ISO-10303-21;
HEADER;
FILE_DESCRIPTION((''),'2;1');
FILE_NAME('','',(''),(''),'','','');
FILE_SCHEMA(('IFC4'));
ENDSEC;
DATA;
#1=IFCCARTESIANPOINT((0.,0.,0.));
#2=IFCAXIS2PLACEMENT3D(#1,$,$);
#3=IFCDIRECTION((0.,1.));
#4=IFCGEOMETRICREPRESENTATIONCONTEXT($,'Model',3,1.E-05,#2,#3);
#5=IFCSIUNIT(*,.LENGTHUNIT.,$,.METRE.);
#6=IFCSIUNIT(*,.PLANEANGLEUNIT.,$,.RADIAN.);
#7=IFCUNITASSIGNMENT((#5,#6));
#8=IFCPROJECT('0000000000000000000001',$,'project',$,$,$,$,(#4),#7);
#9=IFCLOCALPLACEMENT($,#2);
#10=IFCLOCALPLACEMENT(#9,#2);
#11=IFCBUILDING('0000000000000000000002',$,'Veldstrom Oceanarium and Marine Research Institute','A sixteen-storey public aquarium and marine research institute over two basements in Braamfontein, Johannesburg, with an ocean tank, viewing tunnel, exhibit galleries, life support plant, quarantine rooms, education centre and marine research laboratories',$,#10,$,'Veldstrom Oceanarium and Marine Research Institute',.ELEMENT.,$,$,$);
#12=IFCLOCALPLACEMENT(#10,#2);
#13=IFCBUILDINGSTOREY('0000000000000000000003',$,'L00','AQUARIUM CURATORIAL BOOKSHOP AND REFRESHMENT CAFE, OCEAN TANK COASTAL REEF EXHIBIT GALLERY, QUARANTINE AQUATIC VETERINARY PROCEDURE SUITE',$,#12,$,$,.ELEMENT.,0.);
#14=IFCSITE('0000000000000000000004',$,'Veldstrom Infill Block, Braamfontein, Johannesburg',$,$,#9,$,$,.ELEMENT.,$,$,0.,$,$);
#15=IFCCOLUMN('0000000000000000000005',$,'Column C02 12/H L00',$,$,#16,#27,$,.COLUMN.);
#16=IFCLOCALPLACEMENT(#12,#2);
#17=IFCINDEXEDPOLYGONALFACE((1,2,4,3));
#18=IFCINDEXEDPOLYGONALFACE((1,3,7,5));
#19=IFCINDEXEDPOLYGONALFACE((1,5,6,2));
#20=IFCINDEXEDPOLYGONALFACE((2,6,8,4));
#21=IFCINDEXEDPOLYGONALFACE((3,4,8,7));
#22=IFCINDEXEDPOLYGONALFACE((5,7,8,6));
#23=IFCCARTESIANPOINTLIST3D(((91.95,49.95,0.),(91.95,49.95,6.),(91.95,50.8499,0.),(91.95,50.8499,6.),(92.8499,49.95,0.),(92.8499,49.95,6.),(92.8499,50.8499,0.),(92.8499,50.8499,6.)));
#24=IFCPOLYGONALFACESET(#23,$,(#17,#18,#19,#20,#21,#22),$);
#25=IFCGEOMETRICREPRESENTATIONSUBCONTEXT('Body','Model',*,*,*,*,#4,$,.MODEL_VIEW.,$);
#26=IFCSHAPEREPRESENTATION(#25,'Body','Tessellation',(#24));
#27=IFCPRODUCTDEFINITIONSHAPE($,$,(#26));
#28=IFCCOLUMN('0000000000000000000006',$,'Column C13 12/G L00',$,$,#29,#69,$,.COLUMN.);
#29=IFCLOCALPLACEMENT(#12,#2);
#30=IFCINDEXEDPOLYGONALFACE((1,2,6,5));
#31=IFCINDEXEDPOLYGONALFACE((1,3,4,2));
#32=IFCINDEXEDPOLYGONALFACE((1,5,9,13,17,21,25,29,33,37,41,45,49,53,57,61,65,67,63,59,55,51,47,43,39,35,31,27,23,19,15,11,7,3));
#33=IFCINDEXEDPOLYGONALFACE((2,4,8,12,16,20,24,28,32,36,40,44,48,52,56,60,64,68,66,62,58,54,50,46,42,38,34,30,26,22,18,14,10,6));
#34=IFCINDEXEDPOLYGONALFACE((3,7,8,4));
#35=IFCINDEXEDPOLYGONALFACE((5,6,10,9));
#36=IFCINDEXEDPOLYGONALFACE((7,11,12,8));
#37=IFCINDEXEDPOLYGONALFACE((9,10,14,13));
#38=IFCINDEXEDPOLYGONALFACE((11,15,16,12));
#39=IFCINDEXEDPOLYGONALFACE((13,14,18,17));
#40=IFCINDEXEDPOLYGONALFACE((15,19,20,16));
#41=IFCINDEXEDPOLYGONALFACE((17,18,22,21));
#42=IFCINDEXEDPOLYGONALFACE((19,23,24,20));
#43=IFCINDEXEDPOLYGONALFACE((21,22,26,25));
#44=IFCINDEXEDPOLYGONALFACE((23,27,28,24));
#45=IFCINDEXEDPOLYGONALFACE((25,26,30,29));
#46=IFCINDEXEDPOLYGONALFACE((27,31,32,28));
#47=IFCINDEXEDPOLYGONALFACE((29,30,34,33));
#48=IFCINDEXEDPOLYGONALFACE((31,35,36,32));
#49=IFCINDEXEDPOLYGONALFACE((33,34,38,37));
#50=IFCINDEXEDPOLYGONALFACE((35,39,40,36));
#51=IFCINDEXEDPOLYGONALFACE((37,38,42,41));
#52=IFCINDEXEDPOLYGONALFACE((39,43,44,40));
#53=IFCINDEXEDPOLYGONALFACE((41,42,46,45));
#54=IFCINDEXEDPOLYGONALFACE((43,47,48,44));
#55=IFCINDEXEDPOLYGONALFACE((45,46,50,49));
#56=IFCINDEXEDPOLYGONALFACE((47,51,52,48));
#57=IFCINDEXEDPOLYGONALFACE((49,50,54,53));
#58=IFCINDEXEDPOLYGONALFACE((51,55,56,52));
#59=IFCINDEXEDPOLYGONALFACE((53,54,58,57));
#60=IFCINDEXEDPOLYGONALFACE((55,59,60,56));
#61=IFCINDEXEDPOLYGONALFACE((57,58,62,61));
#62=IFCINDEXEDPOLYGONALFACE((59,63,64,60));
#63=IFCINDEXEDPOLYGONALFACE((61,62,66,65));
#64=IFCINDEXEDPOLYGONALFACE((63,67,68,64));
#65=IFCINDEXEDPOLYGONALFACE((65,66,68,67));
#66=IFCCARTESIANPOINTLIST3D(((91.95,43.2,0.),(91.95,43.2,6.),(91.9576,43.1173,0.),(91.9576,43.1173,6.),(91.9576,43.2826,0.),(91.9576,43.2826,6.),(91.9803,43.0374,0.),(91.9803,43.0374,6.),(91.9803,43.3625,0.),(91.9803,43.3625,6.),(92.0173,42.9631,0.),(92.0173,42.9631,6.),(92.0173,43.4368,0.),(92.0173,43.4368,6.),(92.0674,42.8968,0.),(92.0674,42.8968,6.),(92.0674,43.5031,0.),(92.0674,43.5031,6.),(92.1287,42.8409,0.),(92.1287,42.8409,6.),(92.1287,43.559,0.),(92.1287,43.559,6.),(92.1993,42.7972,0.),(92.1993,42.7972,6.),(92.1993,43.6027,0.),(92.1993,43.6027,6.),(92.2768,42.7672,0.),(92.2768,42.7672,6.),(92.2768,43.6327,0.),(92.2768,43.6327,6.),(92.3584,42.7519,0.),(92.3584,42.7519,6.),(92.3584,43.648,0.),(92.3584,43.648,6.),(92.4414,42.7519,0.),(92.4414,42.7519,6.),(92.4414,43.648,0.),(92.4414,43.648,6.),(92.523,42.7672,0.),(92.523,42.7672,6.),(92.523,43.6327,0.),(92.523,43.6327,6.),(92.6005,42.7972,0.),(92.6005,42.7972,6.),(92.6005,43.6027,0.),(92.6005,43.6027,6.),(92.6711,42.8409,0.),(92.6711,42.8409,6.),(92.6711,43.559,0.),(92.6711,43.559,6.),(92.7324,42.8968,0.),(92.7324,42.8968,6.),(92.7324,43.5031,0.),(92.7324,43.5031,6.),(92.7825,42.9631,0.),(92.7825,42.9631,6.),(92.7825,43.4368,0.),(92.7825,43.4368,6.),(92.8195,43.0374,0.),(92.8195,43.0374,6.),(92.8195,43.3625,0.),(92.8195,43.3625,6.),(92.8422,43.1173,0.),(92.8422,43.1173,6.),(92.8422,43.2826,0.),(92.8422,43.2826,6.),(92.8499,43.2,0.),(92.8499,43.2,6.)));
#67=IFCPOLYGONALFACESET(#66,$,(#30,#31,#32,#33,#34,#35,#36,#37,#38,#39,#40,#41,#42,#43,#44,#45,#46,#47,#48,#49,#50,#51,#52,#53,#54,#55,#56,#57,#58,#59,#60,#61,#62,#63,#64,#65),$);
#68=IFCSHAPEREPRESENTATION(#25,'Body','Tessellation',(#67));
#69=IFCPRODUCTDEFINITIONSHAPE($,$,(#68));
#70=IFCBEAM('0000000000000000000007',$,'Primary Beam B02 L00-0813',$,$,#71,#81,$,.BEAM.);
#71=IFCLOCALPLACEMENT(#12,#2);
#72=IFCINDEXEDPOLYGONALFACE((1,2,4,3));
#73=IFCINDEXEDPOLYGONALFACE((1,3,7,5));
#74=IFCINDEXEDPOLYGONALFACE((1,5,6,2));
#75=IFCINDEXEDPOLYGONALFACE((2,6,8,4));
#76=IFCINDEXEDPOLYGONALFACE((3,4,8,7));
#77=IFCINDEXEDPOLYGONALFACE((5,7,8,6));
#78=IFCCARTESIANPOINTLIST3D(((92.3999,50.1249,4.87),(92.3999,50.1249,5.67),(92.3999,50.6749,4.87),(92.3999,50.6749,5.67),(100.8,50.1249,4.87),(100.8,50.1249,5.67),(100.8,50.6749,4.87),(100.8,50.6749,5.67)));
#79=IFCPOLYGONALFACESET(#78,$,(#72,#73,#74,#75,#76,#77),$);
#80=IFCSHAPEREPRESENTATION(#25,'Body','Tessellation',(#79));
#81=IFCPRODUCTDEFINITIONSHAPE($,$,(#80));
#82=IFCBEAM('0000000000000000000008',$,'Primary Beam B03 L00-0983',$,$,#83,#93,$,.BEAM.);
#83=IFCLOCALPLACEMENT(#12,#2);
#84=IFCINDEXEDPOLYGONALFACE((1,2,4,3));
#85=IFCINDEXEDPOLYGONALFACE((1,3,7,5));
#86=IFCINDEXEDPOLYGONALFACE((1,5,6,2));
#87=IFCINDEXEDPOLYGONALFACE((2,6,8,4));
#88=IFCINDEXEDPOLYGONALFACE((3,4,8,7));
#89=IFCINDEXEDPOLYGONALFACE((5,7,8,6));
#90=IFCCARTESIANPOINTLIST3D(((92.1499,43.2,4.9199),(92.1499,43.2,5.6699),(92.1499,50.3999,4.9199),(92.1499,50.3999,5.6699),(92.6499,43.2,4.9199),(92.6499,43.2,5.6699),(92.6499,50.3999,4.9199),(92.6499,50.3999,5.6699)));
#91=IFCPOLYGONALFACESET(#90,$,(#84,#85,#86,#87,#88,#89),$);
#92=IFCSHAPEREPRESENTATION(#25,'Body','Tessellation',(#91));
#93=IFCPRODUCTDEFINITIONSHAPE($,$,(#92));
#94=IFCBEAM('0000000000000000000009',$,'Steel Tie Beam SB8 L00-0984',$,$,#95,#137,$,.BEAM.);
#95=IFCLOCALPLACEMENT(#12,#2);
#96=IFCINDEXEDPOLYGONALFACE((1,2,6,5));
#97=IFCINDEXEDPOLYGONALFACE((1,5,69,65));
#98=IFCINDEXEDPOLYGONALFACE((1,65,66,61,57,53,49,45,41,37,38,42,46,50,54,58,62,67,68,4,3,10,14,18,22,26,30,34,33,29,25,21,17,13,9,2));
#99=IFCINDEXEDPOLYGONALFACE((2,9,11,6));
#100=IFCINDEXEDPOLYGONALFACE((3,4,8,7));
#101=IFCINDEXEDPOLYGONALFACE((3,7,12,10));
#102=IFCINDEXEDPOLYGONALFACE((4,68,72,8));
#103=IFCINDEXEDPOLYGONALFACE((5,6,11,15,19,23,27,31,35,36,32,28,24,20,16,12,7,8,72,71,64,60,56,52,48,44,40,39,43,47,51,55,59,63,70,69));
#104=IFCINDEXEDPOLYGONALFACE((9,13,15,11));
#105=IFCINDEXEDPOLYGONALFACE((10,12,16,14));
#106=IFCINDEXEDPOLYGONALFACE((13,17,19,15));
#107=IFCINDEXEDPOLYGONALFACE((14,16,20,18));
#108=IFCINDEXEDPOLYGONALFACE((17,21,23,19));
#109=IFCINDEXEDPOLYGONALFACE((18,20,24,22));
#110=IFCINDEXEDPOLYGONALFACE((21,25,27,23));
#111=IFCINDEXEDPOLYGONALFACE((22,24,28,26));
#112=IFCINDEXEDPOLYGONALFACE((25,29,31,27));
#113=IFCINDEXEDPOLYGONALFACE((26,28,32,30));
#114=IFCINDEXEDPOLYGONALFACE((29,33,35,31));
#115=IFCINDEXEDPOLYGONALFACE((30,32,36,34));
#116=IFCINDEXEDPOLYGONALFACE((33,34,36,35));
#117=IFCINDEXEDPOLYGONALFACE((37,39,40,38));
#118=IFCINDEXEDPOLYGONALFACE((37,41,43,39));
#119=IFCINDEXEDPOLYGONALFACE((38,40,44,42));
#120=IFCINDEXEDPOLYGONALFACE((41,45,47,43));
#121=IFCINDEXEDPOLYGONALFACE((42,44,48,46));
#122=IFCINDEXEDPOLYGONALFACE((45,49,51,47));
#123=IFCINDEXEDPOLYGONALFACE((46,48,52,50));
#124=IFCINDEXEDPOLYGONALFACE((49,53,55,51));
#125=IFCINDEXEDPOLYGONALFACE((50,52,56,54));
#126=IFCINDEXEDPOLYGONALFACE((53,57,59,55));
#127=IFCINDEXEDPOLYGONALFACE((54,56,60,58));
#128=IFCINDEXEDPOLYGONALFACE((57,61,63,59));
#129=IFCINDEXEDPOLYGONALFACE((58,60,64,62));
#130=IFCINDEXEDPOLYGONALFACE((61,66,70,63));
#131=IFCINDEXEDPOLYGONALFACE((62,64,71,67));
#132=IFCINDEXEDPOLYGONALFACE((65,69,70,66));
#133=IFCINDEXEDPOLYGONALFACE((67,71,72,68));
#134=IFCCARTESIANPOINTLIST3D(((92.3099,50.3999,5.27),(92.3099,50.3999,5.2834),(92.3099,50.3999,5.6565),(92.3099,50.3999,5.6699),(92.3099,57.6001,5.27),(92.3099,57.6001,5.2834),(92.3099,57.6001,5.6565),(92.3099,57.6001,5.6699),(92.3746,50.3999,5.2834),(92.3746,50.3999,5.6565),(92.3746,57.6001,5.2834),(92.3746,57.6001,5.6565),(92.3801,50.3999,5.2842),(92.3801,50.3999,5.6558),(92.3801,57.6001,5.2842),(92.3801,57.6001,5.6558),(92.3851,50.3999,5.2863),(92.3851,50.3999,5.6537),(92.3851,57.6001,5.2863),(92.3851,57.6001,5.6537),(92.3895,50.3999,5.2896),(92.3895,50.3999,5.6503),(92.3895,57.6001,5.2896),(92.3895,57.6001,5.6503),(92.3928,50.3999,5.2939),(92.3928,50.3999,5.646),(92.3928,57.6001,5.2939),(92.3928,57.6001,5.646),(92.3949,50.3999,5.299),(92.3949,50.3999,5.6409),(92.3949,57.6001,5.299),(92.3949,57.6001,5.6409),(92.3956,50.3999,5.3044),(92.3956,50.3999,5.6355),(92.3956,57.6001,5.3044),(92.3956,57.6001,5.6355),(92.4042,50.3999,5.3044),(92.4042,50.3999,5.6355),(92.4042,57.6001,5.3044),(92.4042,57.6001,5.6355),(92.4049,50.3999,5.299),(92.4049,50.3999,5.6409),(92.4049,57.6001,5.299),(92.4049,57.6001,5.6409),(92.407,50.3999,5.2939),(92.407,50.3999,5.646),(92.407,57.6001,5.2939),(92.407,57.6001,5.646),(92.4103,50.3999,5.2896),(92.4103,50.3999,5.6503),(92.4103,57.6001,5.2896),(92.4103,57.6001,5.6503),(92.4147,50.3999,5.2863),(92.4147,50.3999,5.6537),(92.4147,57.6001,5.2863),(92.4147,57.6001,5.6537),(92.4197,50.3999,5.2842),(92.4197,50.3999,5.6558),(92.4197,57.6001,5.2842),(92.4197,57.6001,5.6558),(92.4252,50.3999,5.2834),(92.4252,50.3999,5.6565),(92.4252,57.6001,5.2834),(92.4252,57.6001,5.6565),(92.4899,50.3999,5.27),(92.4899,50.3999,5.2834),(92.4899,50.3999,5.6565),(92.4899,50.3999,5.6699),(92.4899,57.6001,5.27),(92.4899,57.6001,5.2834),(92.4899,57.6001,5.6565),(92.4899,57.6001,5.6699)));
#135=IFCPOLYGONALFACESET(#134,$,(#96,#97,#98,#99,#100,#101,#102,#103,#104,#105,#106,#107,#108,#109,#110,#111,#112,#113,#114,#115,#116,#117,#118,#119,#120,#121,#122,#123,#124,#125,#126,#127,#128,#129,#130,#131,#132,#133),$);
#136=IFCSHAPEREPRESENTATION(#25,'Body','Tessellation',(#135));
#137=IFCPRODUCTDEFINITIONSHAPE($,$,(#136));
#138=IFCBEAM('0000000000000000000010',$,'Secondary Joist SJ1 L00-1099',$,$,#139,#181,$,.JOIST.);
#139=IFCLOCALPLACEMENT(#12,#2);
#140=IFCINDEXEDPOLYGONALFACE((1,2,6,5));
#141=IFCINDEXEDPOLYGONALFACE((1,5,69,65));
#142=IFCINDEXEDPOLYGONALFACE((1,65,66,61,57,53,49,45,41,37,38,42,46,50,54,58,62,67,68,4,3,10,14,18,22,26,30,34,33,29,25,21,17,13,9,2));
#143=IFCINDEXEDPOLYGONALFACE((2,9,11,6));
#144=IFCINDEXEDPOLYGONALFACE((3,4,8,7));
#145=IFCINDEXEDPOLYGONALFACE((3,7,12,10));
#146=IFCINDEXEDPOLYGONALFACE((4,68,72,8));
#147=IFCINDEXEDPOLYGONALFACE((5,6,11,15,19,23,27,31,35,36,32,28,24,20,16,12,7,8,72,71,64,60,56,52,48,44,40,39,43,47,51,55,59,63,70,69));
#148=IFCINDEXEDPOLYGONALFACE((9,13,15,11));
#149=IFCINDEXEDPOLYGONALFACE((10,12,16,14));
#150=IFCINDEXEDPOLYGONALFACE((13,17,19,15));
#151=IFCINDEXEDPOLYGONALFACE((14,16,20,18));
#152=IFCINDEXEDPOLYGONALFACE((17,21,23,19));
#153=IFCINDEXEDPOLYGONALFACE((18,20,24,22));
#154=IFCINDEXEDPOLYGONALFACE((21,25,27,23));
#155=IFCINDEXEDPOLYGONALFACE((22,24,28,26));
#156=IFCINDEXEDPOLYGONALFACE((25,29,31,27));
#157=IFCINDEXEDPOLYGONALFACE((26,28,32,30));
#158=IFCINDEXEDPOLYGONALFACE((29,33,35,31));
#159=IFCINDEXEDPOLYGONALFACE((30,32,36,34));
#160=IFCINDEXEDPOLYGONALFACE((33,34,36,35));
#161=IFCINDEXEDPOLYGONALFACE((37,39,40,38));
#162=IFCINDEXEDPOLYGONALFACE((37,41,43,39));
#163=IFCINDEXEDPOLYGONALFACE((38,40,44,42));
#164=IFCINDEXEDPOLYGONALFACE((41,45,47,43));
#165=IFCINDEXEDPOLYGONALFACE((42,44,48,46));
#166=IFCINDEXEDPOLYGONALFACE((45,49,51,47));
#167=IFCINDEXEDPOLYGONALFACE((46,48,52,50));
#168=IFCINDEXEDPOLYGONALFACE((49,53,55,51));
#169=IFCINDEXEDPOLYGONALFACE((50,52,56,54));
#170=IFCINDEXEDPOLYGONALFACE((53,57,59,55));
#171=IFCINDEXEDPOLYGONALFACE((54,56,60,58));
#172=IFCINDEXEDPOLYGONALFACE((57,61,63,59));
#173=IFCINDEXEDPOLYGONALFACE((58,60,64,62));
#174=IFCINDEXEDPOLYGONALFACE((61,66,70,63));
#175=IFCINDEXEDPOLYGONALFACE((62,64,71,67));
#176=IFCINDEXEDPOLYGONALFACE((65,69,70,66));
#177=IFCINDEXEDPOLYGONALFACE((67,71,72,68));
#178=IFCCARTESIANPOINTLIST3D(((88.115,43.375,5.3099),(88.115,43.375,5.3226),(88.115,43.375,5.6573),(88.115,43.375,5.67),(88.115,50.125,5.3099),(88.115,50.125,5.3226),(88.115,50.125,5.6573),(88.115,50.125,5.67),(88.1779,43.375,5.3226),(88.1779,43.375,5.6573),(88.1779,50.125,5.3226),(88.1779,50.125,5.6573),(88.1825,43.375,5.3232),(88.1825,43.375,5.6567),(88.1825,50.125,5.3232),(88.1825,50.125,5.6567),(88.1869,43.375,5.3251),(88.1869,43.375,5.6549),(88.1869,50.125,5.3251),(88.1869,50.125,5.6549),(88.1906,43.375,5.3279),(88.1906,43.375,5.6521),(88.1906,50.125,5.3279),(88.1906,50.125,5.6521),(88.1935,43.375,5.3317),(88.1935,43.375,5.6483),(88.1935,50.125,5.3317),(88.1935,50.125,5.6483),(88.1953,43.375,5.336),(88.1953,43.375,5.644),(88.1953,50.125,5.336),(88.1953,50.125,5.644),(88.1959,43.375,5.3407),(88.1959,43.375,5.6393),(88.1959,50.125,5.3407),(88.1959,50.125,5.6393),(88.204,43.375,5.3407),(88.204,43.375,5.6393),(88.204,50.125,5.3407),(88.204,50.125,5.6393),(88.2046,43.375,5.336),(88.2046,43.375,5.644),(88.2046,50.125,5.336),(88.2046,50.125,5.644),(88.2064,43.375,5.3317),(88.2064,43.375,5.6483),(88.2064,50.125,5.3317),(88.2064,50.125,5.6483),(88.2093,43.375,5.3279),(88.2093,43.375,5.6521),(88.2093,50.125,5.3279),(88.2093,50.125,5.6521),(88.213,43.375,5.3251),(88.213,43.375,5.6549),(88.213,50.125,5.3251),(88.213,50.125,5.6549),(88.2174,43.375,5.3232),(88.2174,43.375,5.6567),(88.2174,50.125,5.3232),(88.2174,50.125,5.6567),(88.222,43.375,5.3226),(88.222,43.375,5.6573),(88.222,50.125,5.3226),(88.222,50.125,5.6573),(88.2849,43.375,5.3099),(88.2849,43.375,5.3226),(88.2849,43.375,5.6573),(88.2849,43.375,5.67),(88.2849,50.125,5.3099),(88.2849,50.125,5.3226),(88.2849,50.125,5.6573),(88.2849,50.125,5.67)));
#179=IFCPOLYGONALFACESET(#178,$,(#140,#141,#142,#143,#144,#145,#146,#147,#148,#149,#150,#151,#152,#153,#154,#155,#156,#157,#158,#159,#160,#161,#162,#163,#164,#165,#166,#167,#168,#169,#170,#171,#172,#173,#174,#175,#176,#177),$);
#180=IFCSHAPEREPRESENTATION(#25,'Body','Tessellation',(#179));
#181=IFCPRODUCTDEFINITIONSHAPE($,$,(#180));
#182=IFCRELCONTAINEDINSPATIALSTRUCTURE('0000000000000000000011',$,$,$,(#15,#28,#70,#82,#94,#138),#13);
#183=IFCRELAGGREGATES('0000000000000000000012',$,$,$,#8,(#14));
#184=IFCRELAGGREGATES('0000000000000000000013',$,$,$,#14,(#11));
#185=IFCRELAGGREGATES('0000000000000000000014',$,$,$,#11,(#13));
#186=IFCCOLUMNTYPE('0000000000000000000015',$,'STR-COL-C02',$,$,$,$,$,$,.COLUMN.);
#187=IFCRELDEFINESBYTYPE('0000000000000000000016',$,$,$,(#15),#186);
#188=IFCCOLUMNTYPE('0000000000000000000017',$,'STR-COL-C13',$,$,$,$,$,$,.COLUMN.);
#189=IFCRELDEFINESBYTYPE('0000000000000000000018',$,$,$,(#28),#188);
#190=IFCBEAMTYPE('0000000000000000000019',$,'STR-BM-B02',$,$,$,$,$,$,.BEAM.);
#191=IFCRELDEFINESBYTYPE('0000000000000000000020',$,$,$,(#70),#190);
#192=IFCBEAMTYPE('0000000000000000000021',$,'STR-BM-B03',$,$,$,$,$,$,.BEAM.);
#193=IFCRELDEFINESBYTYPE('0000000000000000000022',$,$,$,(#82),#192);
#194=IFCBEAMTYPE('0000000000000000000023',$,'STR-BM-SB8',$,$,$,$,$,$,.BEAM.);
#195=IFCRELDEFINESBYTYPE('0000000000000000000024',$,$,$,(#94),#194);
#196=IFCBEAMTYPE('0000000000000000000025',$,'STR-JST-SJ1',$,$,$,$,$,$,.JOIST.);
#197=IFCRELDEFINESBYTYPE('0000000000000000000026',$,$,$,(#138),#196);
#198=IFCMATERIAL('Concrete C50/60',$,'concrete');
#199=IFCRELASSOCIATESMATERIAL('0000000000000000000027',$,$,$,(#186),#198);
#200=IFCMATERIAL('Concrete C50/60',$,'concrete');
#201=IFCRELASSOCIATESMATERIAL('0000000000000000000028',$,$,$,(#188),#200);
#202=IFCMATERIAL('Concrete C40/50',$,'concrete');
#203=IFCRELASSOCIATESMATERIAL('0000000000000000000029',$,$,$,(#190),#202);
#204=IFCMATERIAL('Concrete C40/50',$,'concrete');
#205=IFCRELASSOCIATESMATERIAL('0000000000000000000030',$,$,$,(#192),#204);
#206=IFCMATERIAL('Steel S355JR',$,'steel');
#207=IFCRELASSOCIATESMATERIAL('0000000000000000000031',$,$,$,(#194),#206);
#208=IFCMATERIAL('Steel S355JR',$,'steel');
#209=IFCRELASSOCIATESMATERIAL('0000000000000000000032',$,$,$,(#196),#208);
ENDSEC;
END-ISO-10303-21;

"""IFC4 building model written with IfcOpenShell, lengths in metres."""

from ifc_helpers import new_model, si_unit, direction, frame, origin, origin_2d, place, context, subcontext, project, spatial, rectangle, circle, i_section, extrude, material, material_profile, profile_set, type_object, element, save


model = new_model("IFC4")

# Units and contexts
model_context = context("Model", 3, precision=1e-05, world=origin(), true_north=direction((0.0, 1.0)))
body_context = subcontext(model_context, "Body", "Model", "MODEL_VIEW")
ifc_project = project(units=[si_unit("LENGTHUNIT", "METRE"), si_unit("PLANEANGLEUNIT", "RADIAN")], contexts=[model_context])

# Site, building, storey
site_placement = place(None, origin())
site = spatial("IfcSite", under=ifc_project, at=site_placement, Name="Veldstrom Infill Block, Braamfontein, Johannesburg", CompositionType="ELEMENT", RefElevation=0.0)
building_placement = place(site_placement, origin())
building = spatial("IfcBuilding", under=site, at=building_placement, Name="Veldstrom Oceanarium and Marine Research Institute", Description="A sixteen-storey public aquarium and marine research institute over two basements in Braamfontein, Johannesburg, with an ocean tank, viewing tunnel, exhibit galleries, life support plant, quarantine rooms, education centre and marine research laboratories", LongName="Veldstrom Oceanarium and Marine Research Institute", CompositionType="ELEMENT")
storey_placement = place(building_placement, origin())
storey = spatial("IfcBuildingStorey", under=building, at=storey_placement, Name="L00", Description="AQUARIUM CURATORIAL BOOKSHOP AND REFRESHMENT CAFE, OCEAN TANK COASTAL REEF EXHIBIT GALLERY, QUARANTINE AQUATIC VETERINARY PROCEDURE SUITE", CompositionType="ELEMENT", Elevation=0.0)

# Columns
ifc_material_1 = material(Name="Concrete C50/60", Category="concrete")
ifc_material_profile_1 = material_profile(ifc_material_1, rectangle(XDim=0.8999, YDim=0.8999, at=origin_2d()), Name="RC-COL-900x900")
ifc_profile_set_1 = profile_set([ifc_material_profile_1], Name="Concrete C50/60")
column_type_1 = type_object("IfcColumnType", Name="STR-COL-C02", PredefinedType="COLUMN", material=ifc_profile_set_1)
column_1_placement = place(storey_placement, frame((92.3999, 50.3999, 0.0), z_axis=(0.0, 0.0, 1.0), x_axis=(1.0, 0.0, 0.0)))
element("IfcColumn", 1, at=column_1_placement, inside=storey, type_object=column_type_1, Name="Column C02 12/H L00", PredefinedType="COLUMN", context=body_context, shape_type="SweptSolid", body=[
    extrude(rectangle(XDim=0.8999, YDim=0.8999, at=origin_2d()), origin(), (0.0, 0.0, 1.0), 6.0),
])
ifc_material_2 = material(Name="Concrete C50/60", Category="concrete")
ifc_material_profile_2 = material_profile(ifc_material_2, circle(Radius=0.45, at=origin_2d()), Name="RC-COL-D900")
ifc_profile_set_2 = profile_set([ifc_material_profile_2], Name="Concrete C50/60")
column_type_2 = type_object("IfcColumnType", Name="STR-COL-C13", PredefinedType="COLUMN", material=ifc_profile_set_2)
column_2_placement = place(storey_placement, frame((92.3999, 43.2, 0.0), z_axis=(0.0, 0.0, 1.0), x_axis=(1.0, 0.0, 0.0)))
element("IfcColumn", 2, at=column_2_placement, inside=storey, type_object=column_type_2, Name="Column C13 12/G L00", PredefinedType="COLUMN", context=body_context, shape_type="SweptSolid", body=[
    extrude(circle(Radius=0.45, at=origin_2d()), origin(), (0.0, 0.0, 1.0), 6.0),
])

# Beams
ifc_material_3 = material(Name="Concrete C40/50", Category="concrete")
ifc_material_profile_3 = material_profile(ifc_material_3, rectangle(XDim=0.55, YDim=0.8, at=origin_2d()), Name="RC-BM-550x800")
ifc_profile_set_3 = profile_set([ifc_material_profile_3], Name="Concrete C40/50")
beam_type_1 = type_object("IfcBeamType", Name="STR-BM-B02", PredefinedType="BEAM", material=ifc_profile_set_3)
beam_1_placement = place(storey_placement, frame((92.3999, 50.3999, 5.27), z_axis=(1.0, 0.0, 0.0), x_axis=(0.0, 1.0, 0.0)))
element("IfcBeam", 3, at=beam_1_placement, inside=storey, type_object=beam_type_1, Name="Primary Beam B02 L00-0813", PredefinedType="BEAM", context=body_context, shape_type="SweptSolid", body=[
    extrude(rectangle(XDim=0.55, YDim=0.8, at=origin_2d()), origin(), (0.0, 0.0, 1.0), 8.4001),
])
ifc_material_4 = material(Name="Concrete C40/50", Category="concrete")
ifc_material_profile_4 = material_profile(ifc_material_4, rectangle(XDim=0.5, YDim=0.75, at=origin_2d()), Name="RC-BM-500x750")
ifc_profile_set_4 = profile_set([ifc_material_profile_4], Name="Concrete C40/50")
beam_type_2 = type_object("IfcBeamType", Name="STR-BM-B03", PredefinedType="BEAM", material=ifc_profile_set_4)
beam_2_placement = place(storey_placement, frame((92.3999, 43.2, 5.2949), z_axis=(0.0, 1.0, 0.0), x_axis=(-1.0, 0.0, 0.0)))
element("IfcBeam", 4, at=beam_2_placement, inside=storey, type_object=beam_type_2, Name="Primary Beam B03 L00-0983", PredefinedType="BEAM", context=body_context, shape_type="SweptSolid", body=[
    extrude(rectangle(XDim=0.5, YDim=0.75, at=origin_2d()), origin(), (0.0, 0.0, 1.0), 7.2),
])
ifc_material_5 = material(Name="Steel S355JR", Category="steel")
ifc_material_profile_5 = material_profile(ifc_material_5, i_section(OverallWidth=0.1799, OverallDepth=0.3999, WebThickness=0.0085, FlangeThickness=0.0134, FilletRadius=0.021, at=origin_2d()), Name="IPE 400")
ifc_profile_set_5 = profile_set([ifc_material_profile_5], Name="Steel S355JR")
beam_type_3 = type_object("IfcBeamType", Name="STR-BM-SB8", PredefinedType="BEAM", material=ifc_profile_set_5)
beam_3_placement = place(storey_placement, frame((92.3999, 50.3999, 5.47), z_axis=(0.0, 1.0, 0.0), x_axis=(-1.0, 0.0, 0.0)))
element("IfcBeam", 5, at=beam_3_placement, inside=storey, type_object=beam_type_3, Name="Steel Tie Beam SB8 L00-0984", PredefinedType="BEAM", context=body_context, shape_type="SweptSolid", body=[
    extrude(i_section(OverallWidth=0.1799, OverallDepth=0.3999, WebThickness=0.0085, FlangeThickness=0.0134, FilletRadius=0.021, at=origin_2d()), origin(), (0.0, 0.0, 1.0), 7.2002),
])
ifc_material_6 = material(Name="Steel S355JR", Category="steel")
ifc_material_profile_6 = material_profile(ifc_material_6, i_section(OverallWidth=0.1699, OverallDepth=0.3601, WebThickness=0.0081, FlangeThickness=0.0127, FilletRadius=0.0181, at=origin_2d()), Name="IPE 360")
ifc_profile_set_6 = profile_set([ifc_material_profile_6], Name="Steel S355JR")
beam_type_4 = type_object("IfcBeamType", Name="STR-JST-SJ1", PredefinedType="JOIST", material=ifc_profile_set_6)
beam_4_placement = place(storey_placement, frame((88.2, 43.375, 5.49), z_axis=(0.0, 1.0, 0.0), x_axis=(-1.0, 0.0, 0.0)))
element("IfcBeam", 6, at=beam_4_placement, inside=storey, type_object=beam_type_4, Name="Secondary Joist SJ1 L00-1099", PredefinedType="JOIST", context=body_context, shape_type="SweptSolid", body=[
    extrude(i_section(OverallWidth=0.1699, OverallDepth=0.3601, WebThickness=0.0081, FlangeThickness=0.0127, FilletRadius=0.0181, at=origin_2d()), origin(), (0.0, 0.0, 1.0), 6.75),
])

save(model, "model.ifc")
